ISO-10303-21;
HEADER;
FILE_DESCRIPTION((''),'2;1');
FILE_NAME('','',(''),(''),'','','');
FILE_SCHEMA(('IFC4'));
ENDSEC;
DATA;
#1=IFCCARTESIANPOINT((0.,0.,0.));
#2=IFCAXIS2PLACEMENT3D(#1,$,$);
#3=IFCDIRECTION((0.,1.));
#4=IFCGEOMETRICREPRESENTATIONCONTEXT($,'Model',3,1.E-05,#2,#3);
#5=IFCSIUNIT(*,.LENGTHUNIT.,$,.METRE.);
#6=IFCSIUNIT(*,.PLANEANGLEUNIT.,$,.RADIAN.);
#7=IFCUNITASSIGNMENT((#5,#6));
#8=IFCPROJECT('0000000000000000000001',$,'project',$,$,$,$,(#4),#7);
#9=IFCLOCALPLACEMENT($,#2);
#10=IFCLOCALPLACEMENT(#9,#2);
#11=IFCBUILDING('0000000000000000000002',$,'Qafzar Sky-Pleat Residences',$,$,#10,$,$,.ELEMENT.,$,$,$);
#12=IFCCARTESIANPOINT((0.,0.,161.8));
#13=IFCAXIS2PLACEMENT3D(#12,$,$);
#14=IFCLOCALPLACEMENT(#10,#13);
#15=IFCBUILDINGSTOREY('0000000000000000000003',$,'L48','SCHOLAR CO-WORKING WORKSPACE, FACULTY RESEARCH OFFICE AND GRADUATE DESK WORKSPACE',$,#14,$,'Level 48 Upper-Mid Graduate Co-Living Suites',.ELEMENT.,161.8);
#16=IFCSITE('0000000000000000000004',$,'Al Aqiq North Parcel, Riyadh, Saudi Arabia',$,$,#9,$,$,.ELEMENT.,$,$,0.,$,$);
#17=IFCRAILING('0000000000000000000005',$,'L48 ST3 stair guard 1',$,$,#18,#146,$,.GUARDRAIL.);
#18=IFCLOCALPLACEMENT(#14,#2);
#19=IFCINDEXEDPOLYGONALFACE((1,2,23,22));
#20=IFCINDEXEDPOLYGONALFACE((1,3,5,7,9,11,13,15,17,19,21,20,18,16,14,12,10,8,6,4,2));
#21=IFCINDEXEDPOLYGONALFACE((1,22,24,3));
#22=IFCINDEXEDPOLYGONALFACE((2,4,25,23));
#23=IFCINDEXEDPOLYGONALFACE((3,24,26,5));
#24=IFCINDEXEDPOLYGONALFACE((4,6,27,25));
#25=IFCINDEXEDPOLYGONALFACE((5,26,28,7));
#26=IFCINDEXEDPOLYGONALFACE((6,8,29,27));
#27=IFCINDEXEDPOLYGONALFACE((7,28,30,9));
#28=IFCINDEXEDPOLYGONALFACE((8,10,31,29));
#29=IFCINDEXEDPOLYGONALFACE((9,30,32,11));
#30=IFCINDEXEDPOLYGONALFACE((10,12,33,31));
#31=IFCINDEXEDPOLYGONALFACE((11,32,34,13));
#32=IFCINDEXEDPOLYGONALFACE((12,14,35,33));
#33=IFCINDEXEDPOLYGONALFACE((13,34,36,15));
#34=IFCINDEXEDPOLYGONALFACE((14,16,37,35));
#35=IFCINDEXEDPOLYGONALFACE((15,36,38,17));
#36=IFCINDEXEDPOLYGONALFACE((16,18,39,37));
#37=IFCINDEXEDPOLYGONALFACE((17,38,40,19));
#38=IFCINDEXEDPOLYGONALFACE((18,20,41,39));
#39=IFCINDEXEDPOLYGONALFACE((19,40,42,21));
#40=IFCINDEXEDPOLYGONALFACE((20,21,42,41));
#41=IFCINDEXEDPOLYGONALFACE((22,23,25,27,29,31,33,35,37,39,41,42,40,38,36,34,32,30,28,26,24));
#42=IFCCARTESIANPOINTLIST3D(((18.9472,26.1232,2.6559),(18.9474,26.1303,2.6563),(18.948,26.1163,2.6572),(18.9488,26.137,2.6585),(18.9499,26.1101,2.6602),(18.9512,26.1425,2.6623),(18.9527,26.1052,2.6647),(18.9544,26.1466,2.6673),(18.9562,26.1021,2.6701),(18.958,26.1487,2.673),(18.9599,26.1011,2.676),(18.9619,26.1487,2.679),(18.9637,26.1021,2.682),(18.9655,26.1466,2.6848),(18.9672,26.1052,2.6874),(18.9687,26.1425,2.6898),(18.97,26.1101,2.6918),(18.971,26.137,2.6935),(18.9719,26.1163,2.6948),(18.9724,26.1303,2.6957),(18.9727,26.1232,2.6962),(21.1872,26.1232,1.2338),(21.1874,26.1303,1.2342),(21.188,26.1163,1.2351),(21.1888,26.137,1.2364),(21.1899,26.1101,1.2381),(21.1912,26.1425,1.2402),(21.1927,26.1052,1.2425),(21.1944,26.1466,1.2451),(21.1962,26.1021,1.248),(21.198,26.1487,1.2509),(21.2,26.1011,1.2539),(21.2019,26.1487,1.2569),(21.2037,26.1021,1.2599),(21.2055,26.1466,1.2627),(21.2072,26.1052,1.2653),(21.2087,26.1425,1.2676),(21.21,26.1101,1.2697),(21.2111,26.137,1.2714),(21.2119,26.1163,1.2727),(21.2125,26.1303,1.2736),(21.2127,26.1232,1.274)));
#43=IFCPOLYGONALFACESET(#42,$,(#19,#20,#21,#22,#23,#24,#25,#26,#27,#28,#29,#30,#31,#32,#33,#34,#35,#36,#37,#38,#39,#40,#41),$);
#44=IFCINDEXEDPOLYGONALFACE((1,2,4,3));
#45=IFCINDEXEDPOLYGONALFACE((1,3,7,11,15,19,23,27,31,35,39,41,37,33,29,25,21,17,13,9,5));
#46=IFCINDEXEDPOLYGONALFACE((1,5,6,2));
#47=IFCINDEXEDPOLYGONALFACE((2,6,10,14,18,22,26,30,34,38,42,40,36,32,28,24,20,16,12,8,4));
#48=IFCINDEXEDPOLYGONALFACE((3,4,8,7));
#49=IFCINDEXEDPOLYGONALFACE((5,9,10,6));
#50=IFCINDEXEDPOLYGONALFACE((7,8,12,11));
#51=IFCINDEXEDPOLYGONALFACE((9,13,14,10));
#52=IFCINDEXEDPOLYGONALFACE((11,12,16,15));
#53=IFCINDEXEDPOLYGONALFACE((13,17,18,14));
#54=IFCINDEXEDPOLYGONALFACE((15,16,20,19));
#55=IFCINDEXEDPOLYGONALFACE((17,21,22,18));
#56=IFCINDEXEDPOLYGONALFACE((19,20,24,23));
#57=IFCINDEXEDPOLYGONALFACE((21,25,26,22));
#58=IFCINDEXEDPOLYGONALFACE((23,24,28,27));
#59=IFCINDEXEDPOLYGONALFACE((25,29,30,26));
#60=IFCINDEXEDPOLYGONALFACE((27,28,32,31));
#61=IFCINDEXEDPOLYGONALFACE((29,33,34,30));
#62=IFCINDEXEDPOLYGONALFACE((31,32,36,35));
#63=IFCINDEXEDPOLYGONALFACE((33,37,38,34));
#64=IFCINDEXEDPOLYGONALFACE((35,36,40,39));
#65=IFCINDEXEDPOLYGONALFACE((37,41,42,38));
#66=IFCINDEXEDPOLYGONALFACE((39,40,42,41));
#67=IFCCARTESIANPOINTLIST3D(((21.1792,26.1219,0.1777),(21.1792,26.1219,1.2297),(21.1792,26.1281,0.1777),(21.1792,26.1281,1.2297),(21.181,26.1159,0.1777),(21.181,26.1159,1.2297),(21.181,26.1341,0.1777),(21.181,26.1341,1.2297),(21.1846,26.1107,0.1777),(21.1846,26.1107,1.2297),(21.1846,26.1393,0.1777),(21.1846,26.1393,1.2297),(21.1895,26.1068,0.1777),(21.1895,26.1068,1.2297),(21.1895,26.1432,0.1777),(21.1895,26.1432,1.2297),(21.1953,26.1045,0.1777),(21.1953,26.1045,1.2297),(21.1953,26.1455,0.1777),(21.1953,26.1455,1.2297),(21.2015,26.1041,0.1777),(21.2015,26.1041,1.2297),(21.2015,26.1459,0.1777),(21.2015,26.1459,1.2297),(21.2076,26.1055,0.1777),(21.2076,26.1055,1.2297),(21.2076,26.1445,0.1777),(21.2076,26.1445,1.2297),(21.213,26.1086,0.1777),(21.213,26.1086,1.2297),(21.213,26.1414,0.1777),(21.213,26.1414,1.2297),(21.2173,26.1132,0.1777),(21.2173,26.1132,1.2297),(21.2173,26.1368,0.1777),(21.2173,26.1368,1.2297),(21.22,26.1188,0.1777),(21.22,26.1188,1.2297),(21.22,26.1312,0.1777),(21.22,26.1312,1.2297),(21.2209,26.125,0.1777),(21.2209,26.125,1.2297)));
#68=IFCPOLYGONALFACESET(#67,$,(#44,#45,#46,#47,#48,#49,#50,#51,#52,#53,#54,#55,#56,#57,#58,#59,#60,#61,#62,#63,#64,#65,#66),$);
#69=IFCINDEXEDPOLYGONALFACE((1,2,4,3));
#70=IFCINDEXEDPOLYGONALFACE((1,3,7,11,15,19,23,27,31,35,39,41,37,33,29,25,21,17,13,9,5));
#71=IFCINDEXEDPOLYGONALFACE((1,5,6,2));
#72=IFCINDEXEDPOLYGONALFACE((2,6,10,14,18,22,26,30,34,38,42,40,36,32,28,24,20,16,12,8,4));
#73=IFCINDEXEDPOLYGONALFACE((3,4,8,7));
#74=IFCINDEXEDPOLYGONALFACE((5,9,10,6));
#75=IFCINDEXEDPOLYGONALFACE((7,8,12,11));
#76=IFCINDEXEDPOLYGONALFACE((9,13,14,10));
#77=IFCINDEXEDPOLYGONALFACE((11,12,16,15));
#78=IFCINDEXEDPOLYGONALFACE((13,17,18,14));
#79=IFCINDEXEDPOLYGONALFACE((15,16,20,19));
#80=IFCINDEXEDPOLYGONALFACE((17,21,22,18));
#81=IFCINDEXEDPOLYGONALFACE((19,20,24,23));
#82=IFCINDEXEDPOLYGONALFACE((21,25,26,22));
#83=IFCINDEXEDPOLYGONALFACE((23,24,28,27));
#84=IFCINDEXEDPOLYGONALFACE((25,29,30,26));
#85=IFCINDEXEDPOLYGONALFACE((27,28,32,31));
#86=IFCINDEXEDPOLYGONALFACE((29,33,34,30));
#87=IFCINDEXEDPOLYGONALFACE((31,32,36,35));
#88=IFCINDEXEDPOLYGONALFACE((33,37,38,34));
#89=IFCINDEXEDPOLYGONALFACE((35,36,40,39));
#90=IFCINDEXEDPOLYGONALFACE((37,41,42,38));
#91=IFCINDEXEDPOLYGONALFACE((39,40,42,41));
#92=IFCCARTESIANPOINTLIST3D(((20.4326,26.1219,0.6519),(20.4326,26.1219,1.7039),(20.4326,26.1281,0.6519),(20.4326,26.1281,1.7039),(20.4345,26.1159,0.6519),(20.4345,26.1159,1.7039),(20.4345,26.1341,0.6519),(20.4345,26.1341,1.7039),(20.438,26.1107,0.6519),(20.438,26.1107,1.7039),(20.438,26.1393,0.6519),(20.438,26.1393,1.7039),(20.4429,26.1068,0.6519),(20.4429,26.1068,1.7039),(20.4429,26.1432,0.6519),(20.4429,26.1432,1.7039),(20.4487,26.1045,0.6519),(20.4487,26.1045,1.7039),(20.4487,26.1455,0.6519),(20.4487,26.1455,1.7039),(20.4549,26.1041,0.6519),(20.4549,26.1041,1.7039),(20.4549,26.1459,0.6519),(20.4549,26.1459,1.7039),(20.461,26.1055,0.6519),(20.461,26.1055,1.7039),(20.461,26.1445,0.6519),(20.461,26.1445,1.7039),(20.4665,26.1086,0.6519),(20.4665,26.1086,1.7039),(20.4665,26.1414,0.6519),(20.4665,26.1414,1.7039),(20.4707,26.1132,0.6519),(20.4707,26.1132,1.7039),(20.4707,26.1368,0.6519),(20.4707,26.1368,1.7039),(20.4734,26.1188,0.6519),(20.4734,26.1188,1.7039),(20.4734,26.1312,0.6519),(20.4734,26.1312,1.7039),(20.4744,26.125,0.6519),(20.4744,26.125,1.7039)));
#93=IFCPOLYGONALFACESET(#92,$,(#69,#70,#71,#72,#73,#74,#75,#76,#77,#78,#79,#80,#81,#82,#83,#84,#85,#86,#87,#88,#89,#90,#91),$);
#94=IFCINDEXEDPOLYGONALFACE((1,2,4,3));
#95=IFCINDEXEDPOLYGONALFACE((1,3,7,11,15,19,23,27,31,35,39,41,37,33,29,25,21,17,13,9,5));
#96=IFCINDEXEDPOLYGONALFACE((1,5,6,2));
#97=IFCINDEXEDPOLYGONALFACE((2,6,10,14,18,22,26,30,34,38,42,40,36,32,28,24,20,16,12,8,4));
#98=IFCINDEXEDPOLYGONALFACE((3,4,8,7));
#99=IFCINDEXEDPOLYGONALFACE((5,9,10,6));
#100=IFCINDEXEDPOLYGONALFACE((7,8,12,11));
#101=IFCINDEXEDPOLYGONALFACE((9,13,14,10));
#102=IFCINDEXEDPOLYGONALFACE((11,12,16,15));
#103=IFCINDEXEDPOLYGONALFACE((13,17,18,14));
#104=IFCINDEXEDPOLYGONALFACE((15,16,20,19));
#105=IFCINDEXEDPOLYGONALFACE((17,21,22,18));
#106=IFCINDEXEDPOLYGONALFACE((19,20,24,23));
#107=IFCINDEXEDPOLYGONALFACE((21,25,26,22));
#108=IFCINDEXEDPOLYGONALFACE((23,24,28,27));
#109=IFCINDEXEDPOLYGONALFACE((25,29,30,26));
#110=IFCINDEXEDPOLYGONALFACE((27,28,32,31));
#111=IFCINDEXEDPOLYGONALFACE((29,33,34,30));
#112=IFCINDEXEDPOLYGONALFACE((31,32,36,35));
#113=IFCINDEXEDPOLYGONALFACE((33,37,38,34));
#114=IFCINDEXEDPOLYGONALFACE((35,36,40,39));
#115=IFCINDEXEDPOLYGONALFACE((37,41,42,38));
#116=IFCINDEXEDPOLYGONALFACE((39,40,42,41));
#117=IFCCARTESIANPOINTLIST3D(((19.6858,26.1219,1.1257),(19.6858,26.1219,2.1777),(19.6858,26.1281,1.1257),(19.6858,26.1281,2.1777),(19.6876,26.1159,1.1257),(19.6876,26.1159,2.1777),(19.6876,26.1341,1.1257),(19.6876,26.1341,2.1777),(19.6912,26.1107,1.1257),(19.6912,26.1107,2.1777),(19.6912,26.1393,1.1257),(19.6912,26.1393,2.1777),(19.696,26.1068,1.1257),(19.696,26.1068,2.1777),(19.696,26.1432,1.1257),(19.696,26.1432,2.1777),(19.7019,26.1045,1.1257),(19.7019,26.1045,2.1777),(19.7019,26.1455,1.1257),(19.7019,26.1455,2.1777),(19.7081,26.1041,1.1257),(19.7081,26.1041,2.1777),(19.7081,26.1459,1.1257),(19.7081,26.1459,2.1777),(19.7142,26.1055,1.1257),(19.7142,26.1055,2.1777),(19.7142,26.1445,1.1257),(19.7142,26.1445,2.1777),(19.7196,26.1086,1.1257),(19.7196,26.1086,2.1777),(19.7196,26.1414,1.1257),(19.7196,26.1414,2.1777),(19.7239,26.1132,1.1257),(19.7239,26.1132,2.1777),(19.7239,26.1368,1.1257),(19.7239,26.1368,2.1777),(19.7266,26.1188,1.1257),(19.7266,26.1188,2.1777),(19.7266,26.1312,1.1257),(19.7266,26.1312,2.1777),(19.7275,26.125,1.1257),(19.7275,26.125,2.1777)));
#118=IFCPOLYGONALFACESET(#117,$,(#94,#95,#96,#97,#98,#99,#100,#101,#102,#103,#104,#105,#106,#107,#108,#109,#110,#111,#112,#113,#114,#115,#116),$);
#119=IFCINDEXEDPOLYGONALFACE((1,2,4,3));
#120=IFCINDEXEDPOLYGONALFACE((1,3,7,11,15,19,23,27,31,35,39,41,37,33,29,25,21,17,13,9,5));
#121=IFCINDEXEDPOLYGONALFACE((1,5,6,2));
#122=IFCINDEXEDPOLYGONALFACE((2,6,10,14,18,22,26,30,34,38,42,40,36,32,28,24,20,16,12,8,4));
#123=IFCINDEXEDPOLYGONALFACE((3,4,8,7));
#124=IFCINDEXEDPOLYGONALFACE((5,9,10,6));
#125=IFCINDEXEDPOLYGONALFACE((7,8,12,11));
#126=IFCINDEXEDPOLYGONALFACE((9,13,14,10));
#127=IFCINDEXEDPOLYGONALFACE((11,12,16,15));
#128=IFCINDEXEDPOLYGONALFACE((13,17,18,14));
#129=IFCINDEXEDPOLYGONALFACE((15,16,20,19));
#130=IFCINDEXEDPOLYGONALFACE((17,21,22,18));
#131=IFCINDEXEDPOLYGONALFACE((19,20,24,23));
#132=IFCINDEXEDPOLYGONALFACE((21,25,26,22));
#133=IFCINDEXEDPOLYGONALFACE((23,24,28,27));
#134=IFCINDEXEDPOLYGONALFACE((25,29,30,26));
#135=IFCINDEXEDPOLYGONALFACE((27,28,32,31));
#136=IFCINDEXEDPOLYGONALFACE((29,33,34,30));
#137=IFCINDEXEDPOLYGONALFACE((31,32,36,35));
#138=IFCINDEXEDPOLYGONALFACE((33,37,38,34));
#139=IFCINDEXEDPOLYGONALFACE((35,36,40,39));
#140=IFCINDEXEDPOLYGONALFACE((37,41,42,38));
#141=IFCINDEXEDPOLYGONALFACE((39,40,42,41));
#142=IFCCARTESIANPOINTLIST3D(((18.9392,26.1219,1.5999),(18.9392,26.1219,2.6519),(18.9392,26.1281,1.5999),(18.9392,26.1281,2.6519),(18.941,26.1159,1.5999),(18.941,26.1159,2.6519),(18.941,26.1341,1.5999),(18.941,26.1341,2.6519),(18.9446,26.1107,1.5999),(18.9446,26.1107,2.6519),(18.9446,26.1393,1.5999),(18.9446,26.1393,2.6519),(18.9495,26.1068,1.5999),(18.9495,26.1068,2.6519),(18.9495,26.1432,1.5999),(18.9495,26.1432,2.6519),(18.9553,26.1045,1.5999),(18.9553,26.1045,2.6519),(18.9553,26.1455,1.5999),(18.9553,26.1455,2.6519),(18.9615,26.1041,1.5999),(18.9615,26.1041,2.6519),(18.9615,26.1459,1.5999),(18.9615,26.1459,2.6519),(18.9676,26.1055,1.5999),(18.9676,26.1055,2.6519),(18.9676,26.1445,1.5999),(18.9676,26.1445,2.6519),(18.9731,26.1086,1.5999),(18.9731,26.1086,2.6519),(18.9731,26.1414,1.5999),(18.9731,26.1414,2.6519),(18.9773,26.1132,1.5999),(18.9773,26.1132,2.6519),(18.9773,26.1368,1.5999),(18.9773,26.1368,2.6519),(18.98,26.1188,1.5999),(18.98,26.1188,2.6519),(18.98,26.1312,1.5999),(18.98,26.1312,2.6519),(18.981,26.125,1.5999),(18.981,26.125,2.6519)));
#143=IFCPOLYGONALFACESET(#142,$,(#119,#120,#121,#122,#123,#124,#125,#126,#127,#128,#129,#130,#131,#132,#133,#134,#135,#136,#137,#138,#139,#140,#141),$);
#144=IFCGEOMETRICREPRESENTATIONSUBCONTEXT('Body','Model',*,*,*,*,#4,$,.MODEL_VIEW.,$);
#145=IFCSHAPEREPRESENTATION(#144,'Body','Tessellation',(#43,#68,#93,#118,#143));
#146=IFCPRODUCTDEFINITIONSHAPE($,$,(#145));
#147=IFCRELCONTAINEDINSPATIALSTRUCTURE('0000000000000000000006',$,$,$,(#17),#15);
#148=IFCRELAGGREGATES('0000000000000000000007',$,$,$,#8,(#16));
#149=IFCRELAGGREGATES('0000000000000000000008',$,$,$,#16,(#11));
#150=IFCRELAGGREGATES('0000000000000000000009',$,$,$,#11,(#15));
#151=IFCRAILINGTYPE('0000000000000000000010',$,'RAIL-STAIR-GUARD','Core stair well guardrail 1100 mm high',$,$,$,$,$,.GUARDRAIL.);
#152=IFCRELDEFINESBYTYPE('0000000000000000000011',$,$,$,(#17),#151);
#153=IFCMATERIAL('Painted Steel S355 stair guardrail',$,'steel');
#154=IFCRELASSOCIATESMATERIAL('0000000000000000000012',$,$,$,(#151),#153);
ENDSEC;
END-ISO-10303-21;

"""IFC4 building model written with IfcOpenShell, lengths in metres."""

from ifc_helpers import new_model, si_unit, direction, frame, origin, origin_2d, place, context, subcontext, project, spatial, circle, extrude, source, transform, mapped, material, type_object, element, save


model = new_model("IFC4")

# Units and contexts
model_context = context("Model", 3, precision=1e-05, world=origin(), true_north=direction((0.0, 1.0)))
body_context = subcontext(model_context, "Body", "Model", "MODEL_VIEW")
ifc_project = project(units=[si_unit("LENGTHUNIT", "METRE"), si_unit("PLANEANGLEUNIT", "RADIAN")], contexts=[model_context])

# Site, building, storey
site_placement = place(None, origin())
site = spatial("IfcSite", under=ifc_project, at=site_placement, Name="Al Aqiq North Parcel, Riyadh, Saudi Arabia", CompositionType="ELEMENT", RefElevation=0.0)
building_placement = place(site_placement, origin())
building = spatial("IfcBuilding", under=site, at=building_placement, Name="Qafzar Sky-Pleat Residences", CompositionType="ELEMENT")
storey_placement = place(building_placement, frame((0.0, 0.0, 161.8)))
storey = spatial("IfcBuildingStorey", under=building, at=storey_placement, Name="L48", Description="SCHOLAR CO-WORKING WORKSPACE, FACULTY RESEARCH OFFICE AND GRADUATE DESK WORKSPACE", LongName="Level 48 Upper-Mid Graduate Co-Living Suites", CompositionType="ELEMENT", Elevation=161.8)

# Railing
ifc_material_1 = material(Name="Painted Steel S355 stair guardrail", Category="steel")
railing_type_1 = type_object("IfcRailingType", Name="RAIL-STAIR-GUARD", Description="Core stair well guardrail 1100 mm high", PredefinedType="GUARDRAIL", material=ifc_material_1)
shared_shape_1 = source(origin(), body_context, "Body", "SweptSolid", [
    extrude(circle(Radius=0.0239, at=origin_2d()), frame((0.0, 0.0, 1.0762), z_axis=(-0.844229, 0.0, 0.535982), x_axis=(0.0, -1.0, 0.0)), (0.0, 0.0, 1.0), 2.6533),
    extrude(circle(Radius=0.021, at=origin_2d()), origin(), (0.0, 0.0, 1.0), 1.052),
    extrude(circle(Radius=0.021, at=origin_2d()), frame((-0.7466, 0.0, 0.4741)), (0.0, 0.0, 1.0), 1.052),
    extrude(circle(Radius=0.021, at=origin_2d()), frame((-1.4934, 0.0, 0.948)), (0.0, 0.0, 1.0), 1.052),
    extrude(circle(Radius=0.021, at=origin_2d()), frame((-2.24, 0.0, 1.4221)), (0.0, 0.0, 1.0), 1.052),
])
railing_1_placement = place(storey_placement, frame((21.2, 26.125, 0.1777)))
element("IfcRailing", 1, at=railing_1_placement, inside=storey, type_object=railing_type_1, Name="L48 ST3 stair guard 1", PredefinedType="GUARDRAIL", context=body_context, shape_type="MappedRepresentation", body=[
    mapped(shared_shape_1, transform((0.0, 0.0, 0.0), x_axis=(1.0, 0.0, 0.0), y_axis=(0.0, 1.0, 0.0), z_axis=(0.0, 0.0, 1.0), scale=1.0)),
])

save(model, "model.ifc")
